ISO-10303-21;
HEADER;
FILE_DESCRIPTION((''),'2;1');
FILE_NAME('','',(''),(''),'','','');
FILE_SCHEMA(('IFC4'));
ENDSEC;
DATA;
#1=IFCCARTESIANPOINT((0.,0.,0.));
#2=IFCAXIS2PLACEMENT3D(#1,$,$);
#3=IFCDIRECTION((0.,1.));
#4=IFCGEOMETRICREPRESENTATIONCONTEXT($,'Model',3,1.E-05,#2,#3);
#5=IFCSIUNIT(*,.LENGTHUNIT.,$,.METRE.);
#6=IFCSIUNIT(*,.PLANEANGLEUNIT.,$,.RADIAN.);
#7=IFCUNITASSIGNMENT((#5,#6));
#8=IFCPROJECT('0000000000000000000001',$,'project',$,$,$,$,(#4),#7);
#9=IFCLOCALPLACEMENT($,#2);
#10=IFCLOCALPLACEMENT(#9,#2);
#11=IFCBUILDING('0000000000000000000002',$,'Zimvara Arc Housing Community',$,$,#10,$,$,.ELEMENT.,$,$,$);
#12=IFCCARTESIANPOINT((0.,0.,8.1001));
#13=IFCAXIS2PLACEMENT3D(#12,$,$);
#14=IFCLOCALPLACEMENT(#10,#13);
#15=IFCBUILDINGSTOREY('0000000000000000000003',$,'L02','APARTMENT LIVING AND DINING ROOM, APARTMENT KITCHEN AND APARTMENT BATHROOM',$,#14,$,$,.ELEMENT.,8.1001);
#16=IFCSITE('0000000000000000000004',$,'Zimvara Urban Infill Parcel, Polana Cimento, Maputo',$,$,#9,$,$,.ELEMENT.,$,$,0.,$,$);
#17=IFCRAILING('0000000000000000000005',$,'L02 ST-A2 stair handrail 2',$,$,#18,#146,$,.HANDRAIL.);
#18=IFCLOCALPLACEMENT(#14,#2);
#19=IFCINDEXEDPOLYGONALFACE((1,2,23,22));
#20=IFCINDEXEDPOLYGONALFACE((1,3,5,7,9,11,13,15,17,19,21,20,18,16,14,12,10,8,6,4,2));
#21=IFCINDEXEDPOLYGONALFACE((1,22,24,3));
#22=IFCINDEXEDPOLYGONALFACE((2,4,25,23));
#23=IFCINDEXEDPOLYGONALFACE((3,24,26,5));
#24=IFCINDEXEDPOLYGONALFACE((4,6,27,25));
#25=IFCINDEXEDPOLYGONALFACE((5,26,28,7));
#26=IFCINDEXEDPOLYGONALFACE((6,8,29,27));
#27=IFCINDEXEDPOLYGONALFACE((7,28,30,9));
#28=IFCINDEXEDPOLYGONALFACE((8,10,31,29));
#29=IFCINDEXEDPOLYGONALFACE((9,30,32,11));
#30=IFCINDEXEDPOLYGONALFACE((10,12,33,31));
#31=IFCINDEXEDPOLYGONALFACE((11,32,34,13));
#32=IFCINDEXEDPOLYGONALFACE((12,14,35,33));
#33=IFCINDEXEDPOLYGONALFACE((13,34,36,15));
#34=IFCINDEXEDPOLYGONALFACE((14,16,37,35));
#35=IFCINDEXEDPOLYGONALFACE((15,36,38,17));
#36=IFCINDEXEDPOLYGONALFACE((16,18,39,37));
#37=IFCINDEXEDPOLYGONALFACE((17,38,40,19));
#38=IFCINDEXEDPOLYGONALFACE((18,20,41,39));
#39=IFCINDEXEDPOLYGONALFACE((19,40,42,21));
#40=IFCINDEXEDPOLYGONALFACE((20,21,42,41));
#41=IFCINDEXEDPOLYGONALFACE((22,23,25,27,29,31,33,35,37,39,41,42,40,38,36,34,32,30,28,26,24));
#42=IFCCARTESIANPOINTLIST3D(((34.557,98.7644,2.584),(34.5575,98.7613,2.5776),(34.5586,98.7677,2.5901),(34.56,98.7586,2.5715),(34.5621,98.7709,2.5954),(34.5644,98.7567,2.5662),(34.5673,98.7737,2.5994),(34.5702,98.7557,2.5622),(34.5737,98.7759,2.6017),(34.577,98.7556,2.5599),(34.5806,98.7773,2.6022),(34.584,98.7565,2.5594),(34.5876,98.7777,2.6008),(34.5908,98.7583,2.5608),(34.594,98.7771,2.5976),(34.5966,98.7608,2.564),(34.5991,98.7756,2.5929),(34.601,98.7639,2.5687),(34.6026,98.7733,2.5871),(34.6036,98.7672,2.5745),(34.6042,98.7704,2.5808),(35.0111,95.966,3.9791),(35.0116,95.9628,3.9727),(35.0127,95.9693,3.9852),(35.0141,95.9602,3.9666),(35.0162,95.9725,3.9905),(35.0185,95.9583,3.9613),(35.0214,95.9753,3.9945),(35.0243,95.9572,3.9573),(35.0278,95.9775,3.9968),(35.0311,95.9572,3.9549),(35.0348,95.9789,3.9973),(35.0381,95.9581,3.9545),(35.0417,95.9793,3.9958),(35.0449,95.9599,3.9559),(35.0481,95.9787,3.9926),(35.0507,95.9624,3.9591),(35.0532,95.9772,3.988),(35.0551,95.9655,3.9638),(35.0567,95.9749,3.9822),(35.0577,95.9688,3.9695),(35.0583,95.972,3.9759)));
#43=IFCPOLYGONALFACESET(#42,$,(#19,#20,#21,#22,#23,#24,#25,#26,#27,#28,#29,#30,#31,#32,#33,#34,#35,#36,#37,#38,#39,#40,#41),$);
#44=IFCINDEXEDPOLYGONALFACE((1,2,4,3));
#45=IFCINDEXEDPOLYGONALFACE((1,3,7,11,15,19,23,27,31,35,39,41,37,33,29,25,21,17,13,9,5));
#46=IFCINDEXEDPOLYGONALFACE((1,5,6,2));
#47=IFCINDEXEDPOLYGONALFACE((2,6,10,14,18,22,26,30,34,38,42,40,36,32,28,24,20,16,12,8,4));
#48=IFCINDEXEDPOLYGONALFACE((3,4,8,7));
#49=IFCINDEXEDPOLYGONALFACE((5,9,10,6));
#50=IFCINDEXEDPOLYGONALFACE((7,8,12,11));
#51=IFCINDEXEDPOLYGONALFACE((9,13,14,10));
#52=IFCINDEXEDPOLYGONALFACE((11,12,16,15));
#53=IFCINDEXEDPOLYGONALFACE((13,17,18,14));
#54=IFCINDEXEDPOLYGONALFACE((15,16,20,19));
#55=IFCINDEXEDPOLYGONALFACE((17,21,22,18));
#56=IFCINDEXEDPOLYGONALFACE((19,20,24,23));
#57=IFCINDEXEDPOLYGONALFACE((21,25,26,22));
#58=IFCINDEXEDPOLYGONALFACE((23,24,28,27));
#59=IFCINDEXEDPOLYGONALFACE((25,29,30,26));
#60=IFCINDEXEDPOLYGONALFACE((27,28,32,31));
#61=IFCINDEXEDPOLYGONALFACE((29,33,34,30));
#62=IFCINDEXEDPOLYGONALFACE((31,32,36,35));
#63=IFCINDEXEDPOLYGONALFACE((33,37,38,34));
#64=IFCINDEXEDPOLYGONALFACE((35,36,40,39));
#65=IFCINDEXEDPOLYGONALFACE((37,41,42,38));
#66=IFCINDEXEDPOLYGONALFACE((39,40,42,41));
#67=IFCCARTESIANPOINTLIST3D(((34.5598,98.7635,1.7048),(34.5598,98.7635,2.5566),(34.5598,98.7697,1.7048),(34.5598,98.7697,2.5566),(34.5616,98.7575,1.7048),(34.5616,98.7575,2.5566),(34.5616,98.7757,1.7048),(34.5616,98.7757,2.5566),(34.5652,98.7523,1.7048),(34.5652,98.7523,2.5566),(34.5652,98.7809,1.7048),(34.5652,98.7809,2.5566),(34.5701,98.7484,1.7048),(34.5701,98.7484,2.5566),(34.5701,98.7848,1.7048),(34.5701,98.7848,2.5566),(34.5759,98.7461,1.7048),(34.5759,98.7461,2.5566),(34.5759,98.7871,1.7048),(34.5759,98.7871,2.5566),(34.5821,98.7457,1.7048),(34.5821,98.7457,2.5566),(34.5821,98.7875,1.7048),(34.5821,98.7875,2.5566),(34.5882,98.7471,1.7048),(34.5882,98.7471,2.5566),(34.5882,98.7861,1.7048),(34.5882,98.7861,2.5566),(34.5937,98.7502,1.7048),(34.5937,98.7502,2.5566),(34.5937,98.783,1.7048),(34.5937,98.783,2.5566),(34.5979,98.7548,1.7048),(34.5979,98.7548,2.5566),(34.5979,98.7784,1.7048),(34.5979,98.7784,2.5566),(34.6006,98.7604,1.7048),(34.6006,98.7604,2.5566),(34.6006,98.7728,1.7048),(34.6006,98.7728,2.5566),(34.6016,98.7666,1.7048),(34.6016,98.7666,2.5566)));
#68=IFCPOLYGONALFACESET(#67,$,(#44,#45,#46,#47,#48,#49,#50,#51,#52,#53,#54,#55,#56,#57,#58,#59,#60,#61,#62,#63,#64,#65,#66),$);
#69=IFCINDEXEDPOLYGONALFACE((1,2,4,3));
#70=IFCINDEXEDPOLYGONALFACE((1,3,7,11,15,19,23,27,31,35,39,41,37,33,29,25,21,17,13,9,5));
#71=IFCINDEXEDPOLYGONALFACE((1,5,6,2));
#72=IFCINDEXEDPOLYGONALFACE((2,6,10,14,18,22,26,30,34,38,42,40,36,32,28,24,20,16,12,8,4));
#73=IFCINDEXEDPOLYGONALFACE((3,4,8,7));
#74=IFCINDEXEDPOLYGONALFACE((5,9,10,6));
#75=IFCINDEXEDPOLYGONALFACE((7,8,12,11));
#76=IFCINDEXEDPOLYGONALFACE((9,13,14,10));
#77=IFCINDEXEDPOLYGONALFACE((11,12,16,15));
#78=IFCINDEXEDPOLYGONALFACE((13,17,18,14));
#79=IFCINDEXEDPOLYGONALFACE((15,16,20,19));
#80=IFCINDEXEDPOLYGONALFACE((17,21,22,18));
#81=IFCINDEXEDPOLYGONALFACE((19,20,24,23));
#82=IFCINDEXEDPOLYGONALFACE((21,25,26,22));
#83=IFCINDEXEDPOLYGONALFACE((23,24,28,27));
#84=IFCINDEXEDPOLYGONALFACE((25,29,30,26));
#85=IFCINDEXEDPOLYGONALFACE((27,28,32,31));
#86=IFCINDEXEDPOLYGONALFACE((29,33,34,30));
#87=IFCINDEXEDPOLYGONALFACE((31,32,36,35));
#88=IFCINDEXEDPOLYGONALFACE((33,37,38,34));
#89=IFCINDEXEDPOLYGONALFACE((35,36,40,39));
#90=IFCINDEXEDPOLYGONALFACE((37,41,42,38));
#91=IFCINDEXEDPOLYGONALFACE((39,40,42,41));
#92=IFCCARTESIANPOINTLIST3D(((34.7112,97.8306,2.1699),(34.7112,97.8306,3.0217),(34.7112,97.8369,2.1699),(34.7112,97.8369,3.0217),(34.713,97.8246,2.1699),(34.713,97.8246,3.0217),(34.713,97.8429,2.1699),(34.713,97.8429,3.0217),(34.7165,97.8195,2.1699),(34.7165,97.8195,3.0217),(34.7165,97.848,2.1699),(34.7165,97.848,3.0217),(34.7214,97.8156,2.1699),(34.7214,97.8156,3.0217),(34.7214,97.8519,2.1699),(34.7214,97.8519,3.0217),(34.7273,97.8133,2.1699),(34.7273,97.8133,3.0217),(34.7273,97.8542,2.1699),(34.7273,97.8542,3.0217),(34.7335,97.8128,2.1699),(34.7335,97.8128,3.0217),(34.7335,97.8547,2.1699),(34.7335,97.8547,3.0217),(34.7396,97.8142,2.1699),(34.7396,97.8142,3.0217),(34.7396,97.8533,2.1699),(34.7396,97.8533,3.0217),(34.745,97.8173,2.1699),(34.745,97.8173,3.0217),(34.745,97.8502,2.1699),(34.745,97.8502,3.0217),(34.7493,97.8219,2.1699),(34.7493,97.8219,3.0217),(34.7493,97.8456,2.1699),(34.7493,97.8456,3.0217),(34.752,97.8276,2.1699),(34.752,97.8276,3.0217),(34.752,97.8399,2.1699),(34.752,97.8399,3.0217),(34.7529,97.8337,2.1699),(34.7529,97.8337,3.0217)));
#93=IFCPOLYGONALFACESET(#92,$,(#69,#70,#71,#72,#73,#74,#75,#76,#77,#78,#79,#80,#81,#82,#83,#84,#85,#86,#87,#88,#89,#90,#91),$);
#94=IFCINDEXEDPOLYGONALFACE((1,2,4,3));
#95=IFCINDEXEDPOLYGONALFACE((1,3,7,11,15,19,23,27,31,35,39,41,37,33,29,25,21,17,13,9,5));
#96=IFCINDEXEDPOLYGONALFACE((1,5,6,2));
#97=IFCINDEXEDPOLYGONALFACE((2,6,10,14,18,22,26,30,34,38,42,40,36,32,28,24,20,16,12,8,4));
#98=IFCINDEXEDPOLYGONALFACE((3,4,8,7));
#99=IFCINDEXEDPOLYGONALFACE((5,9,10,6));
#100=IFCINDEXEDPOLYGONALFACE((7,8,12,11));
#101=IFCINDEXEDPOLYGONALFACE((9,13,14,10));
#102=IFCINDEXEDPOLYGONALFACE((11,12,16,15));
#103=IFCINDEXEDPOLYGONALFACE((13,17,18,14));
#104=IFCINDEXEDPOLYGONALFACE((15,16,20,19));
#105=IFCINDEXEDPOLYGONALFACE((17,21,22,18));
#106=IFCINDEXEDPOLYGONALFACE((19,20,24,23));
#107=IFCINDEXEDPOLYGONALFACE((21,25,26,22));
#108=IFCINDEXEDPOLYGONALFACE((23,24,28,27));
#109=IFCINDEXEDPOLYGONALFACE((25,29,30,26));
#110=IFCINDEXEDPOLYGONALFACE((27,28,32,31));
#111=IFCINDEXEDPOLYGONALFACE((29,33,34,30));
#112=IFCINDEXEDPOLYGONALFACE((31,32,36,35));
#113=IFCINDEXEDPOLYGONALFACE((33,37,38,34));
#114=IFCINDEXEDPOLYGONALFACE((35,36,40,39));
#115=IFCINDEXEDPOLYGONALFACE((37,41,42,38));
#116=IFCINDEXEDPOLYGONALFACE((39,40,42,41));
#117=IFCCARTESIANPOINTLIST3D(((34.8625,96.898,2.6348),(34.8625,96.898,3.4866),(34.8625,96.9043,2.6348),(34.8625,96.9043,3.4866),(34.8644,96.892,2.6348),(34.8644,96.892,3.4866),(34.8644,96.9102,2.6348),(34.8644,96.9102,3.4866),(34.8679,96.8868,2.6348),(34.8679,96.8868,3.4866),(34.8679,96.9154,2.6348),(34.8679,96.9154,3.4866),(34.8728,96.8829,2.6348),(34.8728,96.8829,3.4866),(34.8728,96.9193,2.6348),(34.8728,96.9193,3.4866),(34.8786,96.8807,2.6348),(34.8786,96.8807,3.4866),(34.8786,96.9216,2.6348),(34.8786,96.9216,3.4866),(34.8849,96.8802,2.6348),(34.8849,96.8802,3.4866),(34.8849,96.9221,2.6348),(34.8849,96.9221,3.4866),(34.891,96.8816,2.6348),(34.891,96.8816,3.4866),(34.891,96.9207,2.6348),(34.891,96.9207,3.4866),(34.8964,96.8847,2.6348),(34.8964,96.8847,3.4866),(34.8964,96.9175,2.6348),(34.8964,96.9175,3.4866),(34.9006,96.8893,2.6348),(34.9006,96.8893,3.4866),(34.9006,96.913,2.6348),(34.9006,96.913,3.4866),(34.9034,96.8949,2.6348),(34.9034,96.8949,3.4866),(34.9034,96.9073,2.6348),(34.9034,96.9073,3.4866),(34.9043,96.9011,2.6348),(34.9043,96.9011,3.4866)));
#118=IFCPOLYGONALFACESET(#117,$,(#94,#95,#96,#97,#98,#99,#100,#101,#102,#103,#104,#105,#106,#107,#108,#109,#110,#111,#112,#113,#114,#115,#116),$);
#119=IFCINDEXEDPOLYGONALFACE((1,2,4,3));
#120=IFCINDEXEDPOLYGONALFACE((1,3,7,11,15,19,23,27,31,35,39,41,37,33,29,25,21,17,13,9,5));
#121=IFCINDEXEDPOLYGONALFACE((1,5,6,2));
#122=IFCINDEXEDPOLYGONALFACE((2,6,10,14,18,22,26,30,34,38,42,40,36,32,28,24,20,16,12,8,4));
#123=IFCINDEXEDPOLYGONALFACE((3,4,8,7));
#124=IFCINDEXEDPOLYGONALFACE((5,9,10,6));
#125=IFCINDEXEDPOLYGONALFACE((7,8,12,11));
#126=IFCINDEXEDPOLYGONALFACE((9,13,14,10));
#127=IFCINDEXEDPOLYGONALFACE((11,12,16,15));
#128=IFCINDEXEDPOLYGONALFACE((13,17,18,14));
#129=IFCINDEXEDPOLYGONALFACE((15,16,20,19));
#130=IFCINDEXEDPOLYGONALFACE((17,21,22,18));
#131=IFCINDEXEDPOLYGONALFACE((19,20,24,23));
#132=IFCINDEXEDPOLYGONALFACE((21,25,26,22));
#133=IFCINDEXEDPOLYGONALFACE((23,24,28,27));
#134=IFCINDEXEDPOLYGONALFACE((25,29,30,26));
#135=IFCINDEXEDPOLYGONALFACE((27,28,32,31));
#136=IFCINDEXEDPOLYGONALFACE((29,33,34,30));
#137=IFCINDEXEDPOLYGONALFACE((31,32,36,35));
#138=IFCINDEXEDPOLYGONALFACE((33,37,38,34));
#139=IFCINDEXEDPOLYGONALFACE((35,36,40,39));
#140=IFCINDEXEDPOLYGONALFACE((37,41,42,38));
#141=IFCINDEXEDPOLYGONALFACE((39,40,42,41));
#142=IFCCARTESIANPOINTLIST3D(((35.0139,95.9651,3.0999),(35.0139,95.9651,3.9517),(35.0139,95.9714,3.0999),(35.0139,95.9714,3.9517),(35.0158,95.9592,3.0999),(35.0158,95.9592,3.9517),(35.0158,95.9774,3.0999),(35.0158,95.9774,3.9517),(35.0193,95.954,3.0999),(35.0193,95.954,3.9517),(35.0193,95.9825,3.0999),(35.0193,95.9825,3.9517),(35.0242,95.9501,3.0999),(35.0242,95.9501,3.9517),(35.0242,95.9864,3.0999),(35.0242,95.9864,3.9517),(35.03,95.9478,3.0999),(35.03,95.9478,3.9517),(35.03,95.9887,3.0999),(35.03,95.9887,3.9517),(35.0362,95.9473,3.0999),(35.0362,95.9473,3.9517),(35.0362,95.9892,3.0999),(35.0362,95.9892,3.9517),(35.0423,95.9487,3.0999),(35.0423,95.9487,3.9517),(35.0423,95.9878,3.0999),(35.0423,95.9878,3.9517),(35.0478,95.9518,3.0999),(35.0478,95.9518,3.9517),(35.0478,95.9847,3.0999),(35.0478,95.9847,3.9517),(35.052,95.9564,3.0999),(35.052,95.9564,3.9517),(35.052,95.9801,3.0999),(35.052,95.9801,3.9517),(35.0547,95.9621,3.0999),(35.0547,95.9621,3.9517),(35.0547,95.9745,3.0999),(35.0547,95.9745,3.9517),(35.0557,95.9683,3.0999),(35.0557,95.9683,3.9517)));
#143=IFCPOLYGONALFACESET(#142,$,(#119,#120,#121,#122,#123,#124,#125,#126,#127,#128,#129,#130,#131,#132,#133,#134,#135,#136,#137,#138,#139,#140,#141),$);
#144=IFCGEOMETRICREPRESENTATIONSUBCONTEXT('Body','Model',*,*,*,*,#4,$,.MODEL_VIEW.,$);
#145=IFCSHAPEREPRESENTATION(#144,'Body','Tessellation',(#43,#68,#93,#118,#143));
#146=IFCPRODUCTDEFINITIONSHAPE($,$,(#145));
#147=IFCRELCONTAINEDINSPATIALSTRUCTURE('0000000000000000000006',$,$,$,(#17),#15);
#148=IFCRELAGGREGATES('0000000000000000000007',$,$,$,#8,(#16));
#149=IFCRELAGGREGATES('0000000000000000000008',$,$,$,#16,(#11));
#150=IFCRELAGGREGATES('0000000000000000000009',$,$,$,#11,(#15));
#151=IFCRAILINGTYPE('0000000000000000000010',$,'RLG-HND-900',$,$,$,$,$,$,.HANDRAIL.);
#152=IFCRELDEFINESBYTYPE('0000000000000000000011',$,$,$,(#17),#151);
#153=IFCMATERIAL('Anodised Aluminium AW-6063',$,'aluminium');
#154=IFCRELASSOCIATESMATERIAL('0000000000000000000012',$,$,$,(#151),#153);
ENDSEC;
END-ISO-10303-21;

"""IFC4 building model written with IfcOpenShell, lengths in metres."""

from ifc_helpers import new_model, si_unit, direction, frame, origin, origin_2d, place, context, subcontext, project, spatial, circle, extrude, material, type_object, element, save


model = new_model("IFC4")

# Units and contexts
model_context = context("Model", 3, precision=1e-05, world=origin(), true_north=direction((0.0, 1.0)))
body_context = subcontext(model_context, "Body", "Model", "MODEL_VIEW")
ifc_project = project(units=[si_unit("LENGTHUNIT", "METRE"), si_unit("PLANEANGLEUNIT", "RADIAN")], contexts=[model_context])

# Site, building, storey
site_placement = place(None, origin())
site = spatial("IfcSite", under=ifc_project, at=site_placement, Name="Zimvara Urban Infill Parcel, Polana Cimento, Maputo", CompositionType="ELEMENT", RefElevation=0.0)
building_placement = place(site_placement, origin())
building = spatial("IfcBuilding", under=site, at=building_placement, Name="Zimvara Arc Housing Community", CompositionType="ELEMENT")
storey_placement = place(building_placement, frame((0.0, 0.0, 8.1001)))
storey = spatial("IfcBuildingStorey", under=building, at=storey_placement, Name="L02", Description="APARTMENT LIVING AND DINING ROOM, APARTMENT KITCHEN AND APARTMENT BATHROOM", CompositionType="ELEMENT", Elevation=8.1001)

# Railing
ifc_material_1 = material(Name="Anodised Aluminium AW-6063", Category="aluminium")
railing_type_1 = type_object("IfcRailingType", Name="RLG-HND-900", PredefinedType="HANDRAIL", material=ifc_material_1)
railing_1_placement = place(storey_placement, frame((34.5806, 98.7666, 1.7048)))
element("IfcRailing", 1, at=railing_1_placement, inside=storey, type_object=railing_type_1, Name="L02 ST-A2 stair handrail 2", PredefinedType="HANDRAIL", context=body_context, shape_type="SweptSolid", body=[
    extrude(circle(Radius=0.0239, at=origin_2d()), frame((0.0, 0.0, 0.876), z_axis=(0.143722, -0.885666, 0.44152), x_axis=(0.987088, 0.16018, 0.0)), (0.0, 0.0, 1.0), 3.1597),
    extrude(circle(Radius=0.021, at=origin_2d()), origin(), (0.0, 0.0, 1.0), 0.8518),
    extrude(circle(Radius=0.021, at=origin_2d()), frame((0.1514, -0.9329, 0.4651)), (0.0, 0.0, 1.0), 0.8518),
    extrude(circle(Radius=0.021, at=origin_2d()), frame((0.3027, -1.8655, 0.9299)), (0.0, 0.0, 1.0), 0.8518),
    extrude(circle(Radius=0.021, at=origin_2d()), frame((0.4541, -2.7983, 1.395)), (0.0, 0.0, 1.0), 0.8518),
])

save(model, "model.ifc")
